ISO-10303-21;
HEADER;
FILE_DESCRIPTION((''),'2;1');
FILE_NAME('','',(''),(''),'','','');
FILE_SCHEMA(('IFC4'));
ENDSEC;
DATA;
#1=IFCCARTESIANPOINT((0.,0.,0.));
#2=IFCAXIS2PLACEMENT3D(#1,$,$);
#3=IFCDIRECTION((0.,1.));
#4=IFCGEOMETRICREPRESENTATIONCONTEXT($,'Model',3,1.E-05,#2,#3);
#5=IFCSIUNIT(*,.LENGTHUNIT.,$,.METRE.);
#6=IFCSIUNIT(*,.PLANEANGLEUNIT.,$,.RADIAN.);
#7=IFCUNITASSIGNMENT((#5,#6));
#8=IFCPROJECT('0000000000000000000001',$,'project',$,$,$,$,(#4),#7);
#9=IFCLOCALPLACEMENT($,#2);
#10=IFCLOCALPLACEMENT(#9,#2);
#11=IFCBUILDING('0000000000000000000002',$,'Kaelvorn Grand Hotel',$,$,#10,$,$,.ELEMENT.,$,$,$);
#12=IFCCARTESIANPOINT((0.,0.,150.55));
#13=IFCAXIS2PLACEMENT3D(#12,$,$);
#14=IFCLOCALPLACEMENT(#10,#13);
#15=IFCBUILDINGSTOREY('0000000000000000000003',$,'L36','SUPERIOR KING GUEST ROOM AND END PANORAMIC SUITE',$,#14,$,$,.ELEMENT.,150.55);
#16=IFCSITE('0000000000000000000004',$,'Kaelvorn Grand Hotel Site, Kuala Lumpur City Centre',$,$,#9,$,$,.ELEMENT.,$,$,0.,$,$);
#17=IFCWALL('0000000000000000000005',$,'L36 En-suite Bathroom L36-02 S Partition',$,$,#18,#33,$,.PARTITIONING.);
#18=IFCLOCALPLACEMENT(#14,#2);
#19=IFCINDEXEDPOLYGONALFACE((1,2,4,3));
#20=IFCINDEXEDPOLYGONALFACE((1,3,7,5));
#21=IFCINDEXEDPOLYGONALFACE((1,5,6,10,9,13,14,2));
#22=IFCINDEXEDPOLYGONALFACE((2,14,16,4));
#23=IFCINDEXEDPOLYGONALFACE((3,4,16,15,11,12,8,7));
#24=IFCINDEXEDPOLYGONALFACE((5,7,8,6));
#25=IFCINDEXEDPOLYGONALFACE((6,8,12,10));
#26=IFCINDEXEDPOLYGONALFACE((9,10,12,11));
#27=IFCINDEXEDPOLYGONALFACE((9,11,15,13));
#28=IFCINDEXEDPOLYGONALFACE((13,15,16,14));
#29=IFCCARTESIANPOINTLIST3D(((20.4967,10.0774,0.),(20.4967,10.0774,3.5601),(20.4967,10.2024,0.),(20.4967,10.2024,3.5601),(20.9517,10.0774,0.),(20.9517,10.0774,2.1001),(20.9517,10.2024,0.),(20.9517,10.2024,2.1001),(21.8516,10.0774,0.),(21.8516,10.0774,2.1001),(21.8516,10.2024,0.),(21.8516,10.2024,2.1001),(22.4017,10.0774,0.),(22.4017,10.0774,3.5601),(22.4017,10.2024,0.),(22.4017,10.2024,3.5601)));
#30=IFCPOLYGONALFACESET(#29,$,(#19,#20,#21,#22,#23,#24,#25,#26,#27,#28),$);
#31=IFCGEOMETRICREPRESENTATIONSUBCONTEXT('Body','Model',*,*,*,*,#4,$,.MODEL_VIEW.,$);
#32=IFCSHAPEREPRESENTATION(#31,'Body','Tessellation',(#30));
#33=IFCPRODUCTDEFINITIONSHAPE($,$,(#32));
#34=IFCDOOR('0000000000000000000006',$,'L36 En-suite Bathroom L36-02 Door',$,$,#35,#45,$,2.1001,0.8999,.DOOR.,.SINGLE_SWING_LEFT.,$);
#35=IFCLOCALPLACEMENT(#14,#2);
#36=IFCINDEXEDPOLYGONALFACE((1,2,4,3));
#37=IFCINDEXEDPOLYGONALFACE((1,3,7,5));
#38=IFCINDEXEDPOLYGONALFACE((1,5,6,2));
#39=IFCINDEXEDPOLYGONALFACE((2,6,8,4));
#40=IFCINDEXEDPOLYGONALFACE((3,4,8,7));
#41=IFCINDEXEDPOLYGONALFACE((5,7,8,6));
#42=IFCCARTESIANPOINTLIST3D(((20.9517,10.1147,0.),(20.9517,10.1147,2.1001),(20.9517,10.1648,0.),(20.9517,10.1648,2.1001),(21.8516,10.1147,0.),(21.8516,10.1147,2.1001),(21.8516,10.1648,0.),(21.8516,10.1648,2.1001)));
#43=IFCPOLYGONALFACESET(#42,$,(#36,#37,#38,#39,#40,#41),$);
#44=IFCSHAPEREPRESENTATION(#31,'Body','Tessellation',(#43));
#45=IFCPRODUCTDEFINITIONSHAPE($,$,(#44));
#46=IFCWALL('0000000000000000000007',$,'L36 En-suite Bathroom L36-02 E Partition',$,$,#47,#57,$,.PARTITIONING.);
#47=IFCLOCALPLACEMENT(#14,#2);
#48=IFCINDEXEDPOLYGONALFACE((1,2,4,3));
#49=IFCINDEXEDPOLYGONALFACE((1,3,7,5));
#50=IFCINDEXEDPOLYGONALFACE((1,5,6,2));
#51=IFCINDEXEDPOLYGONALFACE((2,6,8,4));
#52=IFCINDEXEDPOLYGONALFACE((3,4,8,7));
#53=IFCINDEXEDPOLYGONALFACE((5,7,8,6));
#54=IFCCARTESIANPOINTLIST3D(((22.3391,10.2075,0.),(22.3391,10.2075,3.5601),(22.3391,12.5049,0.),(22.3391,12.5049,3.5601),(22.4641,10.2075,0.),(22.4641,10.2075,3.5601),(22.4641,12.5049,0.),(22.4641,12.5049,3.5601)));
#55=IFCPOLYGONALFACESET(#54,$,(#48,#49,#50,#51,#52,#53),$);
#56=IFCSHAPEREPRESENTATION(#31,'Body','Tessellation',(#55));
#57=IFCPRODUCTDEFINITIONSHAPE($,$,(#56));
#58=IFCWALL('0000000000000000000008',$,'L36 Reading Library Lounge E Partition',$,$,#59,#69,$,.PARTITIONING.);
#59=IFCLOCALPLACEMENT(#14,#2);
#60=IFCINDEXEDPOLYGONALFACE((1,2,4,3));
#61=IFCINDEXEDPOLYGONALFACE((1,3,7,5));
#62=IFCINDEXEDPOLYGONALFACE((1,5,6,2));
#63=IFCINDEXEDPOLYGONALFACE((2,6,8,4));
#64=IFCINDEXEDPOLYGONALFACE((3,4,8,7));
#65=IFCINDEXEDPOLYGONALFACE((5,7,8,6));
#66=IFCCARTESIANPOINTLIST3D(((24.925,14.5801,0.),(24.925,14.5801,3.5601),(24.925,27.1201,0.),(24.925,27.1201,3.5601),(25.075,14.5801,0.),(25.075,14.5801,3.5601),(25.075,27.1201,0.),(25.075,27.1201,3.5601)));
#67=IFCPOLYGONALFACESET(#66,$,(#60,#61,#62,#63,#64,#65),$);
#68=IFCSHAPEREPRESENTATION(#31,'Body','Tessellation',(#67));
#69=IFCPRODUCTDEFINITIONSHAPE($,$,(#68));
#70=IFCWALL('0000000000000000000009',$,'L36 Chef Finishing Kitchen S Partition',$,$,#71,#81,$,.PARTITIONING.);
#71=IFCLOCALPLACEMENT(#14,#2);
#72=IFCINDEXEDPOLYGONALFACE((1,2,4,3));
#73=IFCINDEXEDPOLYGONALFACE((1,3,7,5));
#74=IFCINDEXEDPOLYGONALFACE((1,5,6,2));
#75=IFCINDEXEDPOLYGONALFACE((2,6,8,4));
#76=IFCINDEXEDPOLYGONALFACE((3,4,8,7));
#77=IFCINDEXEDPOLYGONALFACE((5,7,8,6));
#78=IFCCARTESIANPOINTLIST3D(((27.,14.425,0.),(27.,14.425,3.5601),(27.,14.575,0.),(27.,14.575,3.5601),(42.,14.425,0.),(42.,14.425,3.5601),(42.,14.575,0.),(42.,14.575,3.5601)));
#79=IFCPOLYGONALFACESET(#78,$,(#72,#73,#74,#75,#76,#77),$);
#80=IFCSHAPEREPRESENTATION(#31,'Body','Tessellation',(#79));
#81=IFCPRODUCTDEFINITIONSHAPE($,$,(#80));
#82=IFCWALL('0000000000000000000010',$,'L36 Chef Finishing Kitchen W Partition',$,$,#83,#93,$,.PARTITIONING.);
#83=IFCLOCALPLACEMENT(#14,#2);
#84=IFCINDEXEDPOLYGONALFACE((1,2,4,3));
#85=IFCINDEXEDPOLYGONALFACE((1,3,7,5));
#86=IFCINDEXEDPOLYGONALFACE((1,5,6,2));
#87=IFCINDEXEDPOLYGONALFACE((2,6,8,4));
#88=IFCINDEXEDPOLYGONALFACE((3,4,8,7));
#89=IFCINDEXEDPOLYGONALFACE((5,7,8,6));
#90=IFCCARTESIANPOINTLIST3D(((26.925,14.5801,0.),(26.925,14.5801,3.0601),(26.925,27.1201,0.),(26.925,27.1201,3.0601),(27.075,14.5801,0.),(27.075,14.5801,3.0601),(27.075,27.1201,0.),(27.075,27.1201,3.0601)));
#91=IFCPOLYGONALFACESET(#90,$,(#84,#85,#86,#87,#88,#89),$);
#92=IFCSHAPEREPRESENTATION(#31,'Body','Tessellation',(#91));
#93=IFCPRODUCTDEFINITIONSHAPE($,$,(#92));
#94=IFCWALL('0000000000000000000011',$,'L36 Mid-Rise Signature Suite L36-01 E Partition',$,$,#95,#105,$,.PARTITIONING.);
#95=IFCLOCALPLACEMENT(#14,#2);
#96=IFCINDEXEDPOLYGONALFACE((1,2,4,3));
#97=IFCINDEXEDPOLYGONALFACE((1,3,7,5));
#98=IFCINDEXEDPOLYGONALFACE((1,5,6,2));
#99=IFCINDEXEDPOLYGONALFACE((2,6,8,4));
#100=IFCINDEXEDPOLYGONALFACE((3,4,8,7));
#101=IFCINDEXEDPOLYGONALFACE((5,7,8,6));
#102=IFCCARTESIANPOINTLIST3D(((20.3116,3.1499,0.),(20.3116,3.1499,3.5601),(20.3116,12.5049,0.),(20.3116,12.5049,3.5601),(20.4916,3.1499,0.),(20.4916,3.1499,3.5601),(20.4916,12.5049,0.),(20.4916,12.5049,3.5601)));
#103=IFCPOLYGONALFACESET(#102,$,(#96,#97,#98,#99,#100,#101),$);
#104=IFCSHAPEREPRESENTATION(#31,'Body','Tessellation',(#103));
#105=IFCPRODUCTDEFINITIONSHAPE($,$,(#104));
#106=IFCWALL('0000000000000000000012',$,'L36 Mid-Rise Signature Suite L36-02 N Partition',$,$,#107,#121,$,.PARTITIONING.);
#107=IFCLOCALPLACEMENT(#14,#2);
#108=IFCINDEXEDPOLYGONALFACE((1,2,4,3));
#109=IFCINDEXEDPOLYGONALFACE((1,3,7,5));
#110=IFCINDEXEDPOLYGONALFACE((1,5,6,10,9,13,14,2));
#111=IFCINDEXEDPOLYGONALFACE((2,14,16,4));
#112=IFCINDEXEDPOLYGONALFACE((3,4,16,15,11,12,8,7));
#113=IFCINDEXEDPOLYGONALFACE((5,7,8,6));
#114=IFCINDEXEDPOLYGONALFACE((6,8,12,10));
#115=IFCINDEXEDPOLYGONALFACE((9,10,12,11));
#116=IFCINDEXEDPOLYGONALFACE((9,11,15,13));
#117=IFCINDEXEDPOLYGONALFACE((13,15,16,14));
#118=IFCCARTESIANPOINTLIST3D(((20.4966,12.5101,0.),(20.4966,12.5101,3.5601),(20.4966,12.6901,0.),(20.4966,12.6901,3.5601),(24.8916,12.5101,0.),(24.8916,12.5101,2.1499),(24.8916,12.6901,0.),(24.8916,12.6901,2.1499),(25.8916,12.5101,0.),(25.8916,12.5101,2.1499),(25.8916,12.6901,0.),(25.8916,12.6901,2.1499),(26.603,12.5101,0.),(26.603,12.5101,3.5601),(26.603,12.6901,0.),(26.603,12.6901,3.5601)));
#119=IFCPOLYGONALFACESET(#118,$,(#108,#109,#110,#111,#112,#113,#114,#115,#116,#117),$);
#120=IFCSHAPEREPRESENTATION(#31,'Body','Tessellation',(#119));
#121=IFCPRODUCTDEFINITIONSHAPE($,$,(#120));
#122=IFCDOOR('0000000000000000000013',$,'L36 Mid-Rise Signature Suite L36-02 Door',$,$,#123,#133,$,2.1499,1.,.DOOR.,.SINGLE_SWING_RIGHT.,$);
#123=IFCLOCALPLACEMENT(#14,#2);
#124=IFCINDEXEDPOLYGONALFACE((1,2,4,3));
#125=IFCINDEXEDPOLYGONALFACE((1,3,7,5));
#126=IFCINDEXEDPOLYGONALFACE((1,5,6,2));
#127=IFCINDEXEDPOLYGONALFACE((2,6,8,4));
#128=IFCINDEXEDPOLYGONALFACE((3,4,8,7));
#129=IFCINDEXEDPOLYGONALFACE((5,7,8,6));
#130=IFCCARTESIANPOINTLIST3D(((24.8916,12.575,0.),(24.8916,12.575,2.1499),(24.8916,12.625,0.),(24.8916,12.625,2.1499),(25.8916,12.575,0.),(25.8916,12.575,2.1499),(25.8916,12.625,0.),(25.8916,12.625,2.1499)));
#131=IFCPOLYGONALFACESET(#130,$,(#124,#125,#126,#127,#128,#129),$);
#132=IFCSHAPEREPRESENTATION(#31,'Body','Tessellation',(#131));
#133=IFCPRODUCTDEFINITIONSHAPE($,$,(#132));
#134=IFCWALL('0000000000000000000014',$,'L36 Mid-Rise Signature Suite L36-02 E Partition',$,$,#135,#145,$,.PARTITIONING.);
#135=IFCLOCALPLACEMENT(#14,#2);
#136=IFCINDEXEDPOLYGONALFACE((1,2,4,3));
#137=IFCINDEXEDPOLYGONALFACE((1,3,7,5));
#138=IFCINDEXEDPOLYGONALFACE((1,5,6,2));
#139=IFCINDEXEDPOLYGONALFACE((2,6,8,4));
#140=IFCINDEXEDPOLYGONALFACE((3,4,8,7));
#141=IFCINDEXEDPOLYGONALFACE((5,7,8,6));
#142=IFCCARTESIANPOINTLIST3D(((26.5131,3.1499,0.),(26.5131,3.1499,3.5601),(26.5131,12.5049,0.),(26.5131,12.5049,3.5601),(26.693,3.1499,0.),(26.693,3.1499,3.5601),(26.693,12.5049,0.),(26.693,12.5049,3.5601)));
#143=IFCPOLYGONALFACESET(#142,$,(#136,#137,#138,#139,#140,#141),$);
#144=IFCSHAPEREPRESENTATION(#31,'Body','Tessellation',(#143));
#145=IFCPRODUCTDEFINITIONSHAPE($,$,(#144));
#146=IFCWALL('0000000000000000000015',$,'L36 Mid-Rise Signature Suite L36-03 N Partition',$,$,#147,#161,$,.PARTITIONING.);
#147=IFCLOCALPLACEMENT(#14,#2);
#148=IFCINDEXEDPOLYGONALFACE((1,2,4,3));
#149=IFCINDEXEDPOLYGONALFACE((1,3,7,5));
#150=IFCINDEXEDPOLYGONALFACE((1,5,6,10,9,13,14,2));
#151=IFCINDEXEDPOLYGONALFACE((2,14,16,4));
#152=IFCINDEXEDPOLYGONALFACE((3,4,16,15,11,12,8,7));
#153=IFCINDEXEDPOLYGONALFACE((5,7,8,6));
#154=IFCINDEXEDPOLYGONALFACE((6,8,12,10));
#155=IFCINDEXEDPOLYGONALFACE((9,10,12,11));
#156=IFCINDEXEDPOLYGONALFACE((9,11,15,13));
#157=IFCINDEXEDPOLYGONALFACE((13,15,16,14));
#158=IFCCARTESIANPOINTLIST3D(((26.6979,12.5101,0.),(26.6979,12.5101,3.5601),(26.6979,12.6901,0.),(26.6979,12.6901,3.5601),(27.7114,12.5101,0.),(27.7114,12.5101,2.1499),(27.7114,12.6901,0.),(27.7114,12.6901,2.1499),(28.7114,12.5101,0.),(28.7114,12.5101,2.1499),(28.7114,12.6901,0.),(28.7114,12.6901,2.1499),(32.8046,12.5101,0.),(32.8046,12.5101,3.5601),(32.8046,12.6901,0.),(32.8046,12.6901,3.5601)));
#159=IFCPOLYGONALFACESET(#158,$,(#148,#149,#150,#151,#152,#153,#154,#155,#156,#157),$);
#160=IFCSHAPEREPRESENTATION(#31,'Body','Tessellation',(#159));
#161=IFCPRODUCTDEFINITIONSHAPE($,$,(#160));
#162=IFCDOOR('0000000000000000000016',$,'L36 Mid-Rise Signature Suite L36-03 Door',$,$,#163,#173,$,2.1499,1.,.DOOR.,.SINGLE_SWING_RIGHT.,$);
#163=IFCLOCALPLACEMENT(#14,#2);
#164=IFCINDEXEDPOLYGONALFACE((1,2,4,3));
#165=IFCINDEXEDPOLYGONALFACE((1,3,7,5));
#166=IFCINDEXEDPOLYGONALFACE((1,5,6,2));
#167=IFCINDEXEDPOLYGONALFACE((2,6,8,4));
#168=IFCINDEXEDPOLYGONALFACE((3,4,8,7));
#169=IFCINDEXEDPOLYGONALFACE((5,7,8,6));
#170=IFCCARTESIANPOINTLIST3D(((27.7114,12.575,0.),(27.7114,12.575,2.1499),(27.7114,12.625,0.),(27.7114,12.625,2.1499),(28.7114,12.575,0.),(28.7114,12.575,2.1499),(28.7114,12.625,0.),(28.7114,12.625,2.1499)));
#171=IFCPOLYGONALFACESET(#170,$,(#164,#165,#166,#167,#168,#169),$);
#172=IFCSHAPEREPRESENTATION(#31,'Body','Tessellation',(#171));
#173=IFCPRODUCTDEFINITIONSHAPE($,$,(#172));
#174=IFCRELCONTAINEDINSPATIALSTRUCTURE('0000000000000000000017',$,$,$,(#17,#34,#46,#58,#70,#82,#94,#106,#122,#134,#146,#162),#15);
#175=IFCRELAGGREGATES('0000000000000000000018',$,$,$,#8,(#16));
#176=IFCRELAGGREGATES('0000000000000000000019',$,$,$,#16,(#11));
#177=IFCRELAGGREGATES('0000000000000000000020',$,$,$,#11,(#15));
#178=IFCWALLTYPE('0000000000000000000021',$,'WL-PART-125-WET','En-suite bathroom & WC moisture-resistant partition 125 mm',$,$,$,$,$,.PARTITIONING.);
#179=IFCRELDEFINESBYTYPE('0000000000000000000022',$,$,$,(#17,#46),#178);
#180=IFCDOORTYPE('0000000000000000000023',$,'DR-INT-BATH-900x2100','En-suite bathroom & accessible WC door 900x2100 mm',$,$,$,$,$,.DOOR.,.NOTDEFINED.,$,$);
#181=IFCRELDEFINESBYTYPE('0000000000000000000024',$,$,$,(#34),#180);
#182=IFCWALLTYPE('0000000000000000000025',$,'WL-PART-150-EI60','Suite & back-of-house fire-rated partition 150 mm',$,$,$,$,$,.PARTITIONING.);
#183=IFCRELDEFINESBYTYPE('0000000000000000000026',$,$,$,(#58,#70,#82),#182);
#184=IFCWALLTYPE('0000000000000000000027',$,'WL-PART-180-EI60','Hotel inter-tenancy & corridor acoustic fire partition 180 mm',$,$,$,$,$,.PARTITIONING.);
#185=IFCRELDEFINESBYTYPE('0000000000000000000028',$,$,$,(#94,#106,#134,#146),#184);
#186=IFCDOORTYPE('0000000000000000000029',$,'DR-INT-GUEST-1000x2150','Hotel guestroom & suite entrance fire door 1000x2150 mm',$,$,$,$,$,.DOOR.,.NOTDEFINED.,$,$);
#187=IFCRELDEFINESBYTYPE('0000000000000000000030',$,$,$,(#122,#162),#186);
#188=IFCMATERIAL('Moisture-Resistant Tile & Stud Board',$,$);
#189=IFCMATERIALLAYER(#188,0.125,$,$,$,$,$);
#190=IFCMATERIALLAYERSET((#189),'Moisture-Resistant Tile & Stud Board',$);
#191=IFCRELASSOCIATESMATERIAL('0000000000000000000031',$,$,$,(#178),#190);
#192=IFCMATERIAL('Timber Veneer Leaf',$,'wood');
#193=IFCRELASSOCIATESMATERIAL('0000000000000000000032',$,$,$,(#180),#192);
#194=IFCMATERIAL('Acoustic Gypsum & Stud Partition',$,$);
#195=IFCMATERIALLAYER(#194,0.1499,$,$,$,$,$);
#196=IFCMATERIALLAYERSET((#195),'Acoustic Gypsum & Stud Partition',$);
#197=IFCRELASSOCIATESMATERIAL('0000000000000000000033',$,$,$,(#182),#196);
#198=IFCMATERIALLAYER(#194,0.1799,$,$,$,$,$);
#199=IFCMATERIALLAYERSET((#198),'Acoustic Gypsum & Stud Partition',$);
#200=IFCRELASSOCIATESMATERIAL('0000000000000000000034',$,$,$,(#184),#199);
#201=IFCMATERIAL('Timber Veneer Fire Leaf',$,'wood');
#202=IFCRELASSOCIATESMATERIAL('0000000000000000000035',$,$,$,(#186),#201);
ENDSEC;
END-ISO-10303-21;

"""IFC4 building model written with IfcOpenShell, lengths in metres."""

from ifc_helpers import new_model, si_unit, direction, frame, frame_2d, origin, place, context, subcontext, project, spatial, rectangle, extrude, material, layer, layer_set, type_object, element, fill, save


model = new_model("IFC4")

# Units and contexts
model_context = context("Model", 3, precision=1e-05, world=origin(), true_north=direction((0.0, 1.0)))
body_context = subcontext(model_context, "Body", "Model", "MODEL_VIEW")
ifc_project = project(units=[si_unit("LENGTHUNIT", "METRE"), si_unit("PLANEANGLEUNIT", "RADIAN")], contexts=[model_context])

# Site, building, storey
site_placement = place(None, origin())
site = spatial("IfcSite", under=ifc_project, at=site_placement, Name="Kaelvorn Grand Hotel Site, Kuala Lumpur City Centre", CompositionType="ELEMENT", RefElevation=0.0)
building_placement = place(site_placement, origin())
building = spatial("IfcBuilding", under=site, at=building_placement, Name="Kaelvorn Grand Hotel", CompositionType="ELEMENT")
storey_placement = place(building_placement, frame((0.0, 0.0, 150.55)))
storey = spatial("IfcBuildingStorey", under=building, at=storey_placement, Name="L36", Description="SUPERIOR KING GUEST ROOM AND END PANORAMIC SUITE", CompositionType="ELEMENT", Elevation=150.55)

# Wall, opening, door
ifc_material_1 = material(Name="Moisture-Resistant Tile & Stud Board")
ifc_layer_1 = layer(ifc_material_1, 0.125)
ifc_layer_set_1 = layer_set([ifc_layer_1], Name="Moisture-Resistant Tile & Stud Board")
wall_type_1 = type_object("IfcWallType", Name="WL-PART-125-WET", Description="En-suite bathroom & WC moisture-resistant partition 125 mm", PredefinedType="PARTITIONING", material=ifc_layer_set_1)
wall_1_placement = place(storey_placement, frame((20.4966, 10.1399, 0.0), z_axis=(0.0, 0.0, 1.0), x_axis=(1.0, 0.0, 0.0)))
wall_1 = element("IfcWall", 1, at=wall_1_placement, inside=storey, type_object=wall_type_1, Name="L36 En-suite Bathroom L36-02 S Partition", PredefinedType="PARTITIONING", context=body_context, shape_type="SweptSolid", body=[
    extrude(rectangle(XDim=1.905, YDim=0.125, at=frame_2d((0.9526, 0.0))), origin(), (0.0, 0.0, 1.0), 3.5601),
])
opening_1_placement = place(wall_1_placement, frame((0.4551, 0.0, 0.0)))
opening_1 = element("IfcOpeningElement", 2, at=opening_1_placement, cuts=wall_1, PredefinedType="OPENING", context=body_context, shape_type="SweptSolid", body=[
    extrude(rectangle(XDim=0.8999, YDim=2.1001, at=frame_2d((0.45, 1.05))), frame((0.0, 0.0725, 0.0), z_axis=(0.0, -1.0, 0.0), x_axis=(1.0, 0.0, 0.0)), (0.0, 0.0, 1.0), 0.145),
])
ifc_material_2 = material(Name="Timber Veneer Leaf", Category="wood")
door_type_1 = type_object("IfcDoorType", Name="DR-INT-BATH-900x2100", Description="En-suite bathroom & accessible WC door 900x2100 mm", OperationType="NOTDEFINED", PredefinedType="DOOR", material=ifc_material_2)
door_1_placement = place(opening_1_placement, origin())
door_1 = element("IfcDoor", 3, at=door_1_placement, inside=storey, type_object=door_type_1, Name="L36 En-suite Bathroom L36-02 Door", OperationType="SINGLE_SWING_LEFT", OverallHeight=2.1001, OverallWidth=0.8999, PredefinedType="DOOR", context=body_context, shape_type="SweptSolid", body=[
    extrude(rectangle(XDim=0.8999, YDim=2.1001, at=frame_2d((0.45, 1.05))), frame((0.0, 0.0249, 0.0), z_axis=(0.0, -1.0, 0.0), x_axis=(1.0, 0.0, 0.0)), (0.0, 0.0, 1.0), 0.05),
])
fill(opening_1, door_1)

# Walls
wall_2_placement = place(storey_placement, frame((22.4016, 10.2075, 0.0), z_axis=(0.0, 0.0, 1.0), x_axis=(0.0, 1.0, 0.0)))
element("IfcWall", 4, at=wall_2_placement, inside=storey, type_object=wall_type_1, Name="L36 En-suite Bathroom L36-02 E Partition", PredefinedType="PARTITIONING", context=body_context, shape_type="SweptSolid", body=[
    extrude(rectangle(XDim=2.2974, YDim=0.125, at=frame_2d((1.1487, 0.0))), origin(), (0.0, 0.0, 1.0), 3.5601),
])
ifc_material_3 = material(Name="Acoustic Gypsum & Stud Partition")
ifc_layer_2 = layer(ifc_material_3, 0.1499)
ifc_layer_set_2 = layer_set([ifc_layer_2], Name="Acoustic Gypsum & Stud Partition")
wall_type_2 = type_object("IfcWallType", Name="WL-PART-150-EI60", Description="Suite & back-of-house fire-rated partition 150 mm", PredefinedType="PARTITIONING", material=ifc_layer_set_2)
wall_3_placement = place(storey_placement, frame((25.0, 14.5801, 0.0), z_axis=(0.0, 0.0, 1.0), x_axis=(0.0, 1.0, 0.0)))
element("IfcWall", 5, at=wall_3_placement, inside=storey, type_object=wall_type_2, Name="L36 Reading Library Lounge E Partition", PredefinedType="PARTITIONING", context=body_context, shape_type="SweptSolid", body=[
    extrude(rectangle(XDim=12.54, YDim=0.1499, at=frame_2d((6.27, 0.0))), origin(), (0.0, 0.0, 1.0), 3.5601),
])
wall_4_placement = place(storey_placement, frame((27.0, 14.5, 0.0), z_axis=(0.0, 0.0, 1.0), x_axis=(1.0, 0.0, 0.0)))
element("IfcWall", 6, at=wall_4_placement, inside=storey, type_object=wall_type_2, Name="L36 Chef Finishing Kitchen S Partition", PredefinedType="PARTITIONING", context=body_context, shape_type="SweptSolid", body=[
    extrude(rectangle(XDim=15.0, YDim=0.1499, at=frame_2d((7.5, 0.0))), origin(), (0.0, 0.0, 1.0), 3.5601),
])
wall_5_placement = place(storey_placement, frame((27.0, 14.5801, 0.0), z_axis=(0.0, 0.0, 1.0), x_axis=(0.0, 1.0, 0.0)))
element("IfcWall", 7, at=wall_5_placement, inside=storey, type_object=wall_type_2, Name="L36 Chef Finishing Kitchen W Partition", PredefinedType="PARTITIONING", context=body_context, shape_type="SweptSolid", body=[
    extrude(rectangle(XDim=12.54, YDim=0.1499, at=frame_2d((6.27, 0.0))), origin(), (0.0, 0.0, 1.0), 3.0601),
])
ifc_layer_3 = layer(ifc_material_3, 0.1799)
ifc_layer_set_3 = layer_set([ifc_layer_3], Name="Acoustic Gypsum & Stud Partition")
wall_type_3 = type_object("IfcWallType", Name="WL-PART-180-EI60", Description="Hotel inter-tenancy & corridor acoustic fire partition 180 mm", PredefinedType="PARTITIONING", material=ifc_layer_set_3)
wall_6_placement = place(storey_placement, frame((20.4016, 3.1499, 0.0), z_axis=(0.0, 0.0, 1.0), x_axis=(0.0, 1.0, 0.0)))
element("IfcWall", 8, at=wall_6_placement, inside=storey, type_object=wall_type_3, Name="L36 Mid-Rise Signature Suite L36-01 E Partition", PredefinedType="PARTITIONING", context=body_context, shape_type="SweptSolid", body=[
    extrude(rectangle(XDim=9.355, YDim=0.1799, at=frame_2d((4.6775, 0.0))), origin(), (0.0, 0.0, 1.0), 3.5601),
])

# Wall, opening, door
wall_7_placement = place(storey_placement, frame((20.4966, 12.6001, 0.0), z_axis=(0.0, 0.0, 1.0), x_axis=(1.0, 0.0, 0.0)))
wall_7 = element("IfcWall", 9, at=wall_7_placement, inside=storey, type_object=wall_type_3, Name="L36 Mid-Rise Signature Suite L36-02 N Partition", PredefinedType="PARTITIONING", context=body_context, shape_type="SweptSolid", body=[
    extrude(rectangle(XDim=6.1064, YDim=0.1799, at=frame_2d((3.0532, 0.0))), origin(), (0.0, 0.0, 1.0), 3.5601),
])
opening_2_placement = place(wall_7_placement, frame((4.395, 0.0, 0.0)))
opening_2 = element("IfcOpeningElement", 10, at=opening_2_placement, cuts=wall_7, PredefinedType="OPENING", context=body_context, shape_type="SweptSolid", body=[
    extrude(rectangle(XDim=1.0, YDim=2.1499, at=frame_2d((0.5, 1.075))), frame((0.0, 0.1001, 0.0), z_axis=(0.0, -1.0, 0.0), x_axis=(1.0, 0.0, 0.0)), (0.0, 0.0, 1.0), 0.2),
])
ifc_material_4 = material(Name="Timber Veneer Fire Leaf", Category="wood")
door_type_2 = type_object("IfcDoorType", Name="DR-INT-GUEST-1000x2150", Description="Hotel guestroom & suite entrance fire door 1000x2150 mm", OperationType="NOTDEFINED", PredefinedType="DOOR", material=ifc_material_4)
door_2_placement = place(opening_2_placement, origin())
door_2 = element("IfcDoor", 11, at=door_2_placement, inside=storey, type_object=door_type_2, Name="L36 Mid-Rise Signature Suite L36-02 Door", OperationType="SINGLE_SWING_RIGHT", OverallHeight=2.1499, OverallWidth=1.0, PredefinedType="DOOR", context=body_context, shape_type="SweptSolid", body=[
    extrude(rectangle(XDim=1.0, YDim=2.1499, at=frame_2d((0.5, 1.075))), frame((0.0, 0.0249, 0.0), z_axis=(0.0, -1.0, 0.0), x_axis=(1.0, 0.0, 0.0)), (0.0, 0.0, 1.0), 0.05),
])
fill(opening_2, door_2)

# Wall
wall_8_placement = place(storey_placement, frame((26.603, 3.1499, 0.0), z_axis=(0.0, 0.0, 1.0), x_axis=(0.0, 1.0, 0.0)))
element("IfcWall", 12, at=wall_8_placement, inside=storey, type_object=wall_type_3, Name="L36 Mid-Rise Signature Suite L36-02 E Partition", PredefinedType="PARTITIONING", context=body_context, shape_type="SweptSolid", body=[
    extrude(rectangle(XDim=9.355, YDim=0.1799, at=frame_2d((4.6775, 0.0))), origin(), (0.0, 0.0, 1.0), 3.5601),
])

# Wall, opening, door
wall_9_placement = place(storey_placement, frame((26.698, 12.6001, 0.0), z_axis=(0.0, 0.0, 1.0), x_axis=(1.0, 0.0, 0.0)))
wall_9 = element("IfcWall", 13, at=wall_9_placement, inside=storey, type_object=wall_type_3, Name="L36 Mid-Rise Signature Suite L36-03 N Partition", PredefinedType="PARTITIONING", context=body_context, shape_type="SweptSolid", body=[
    extrude(rectangle(XDim=6.1067, YDim=0.1799, at=frame_2d((3.0532, 0.0))), origin(), (0.0, 0.0, 1.0), 3.5601),
])
opening_3_placement = place(wall_9_placement, frame((1.0134, 0.0, 0.0)))
opening_3 = element("IfcOpeningElement", 14, at=opening_3_placement, cuts=wall_9, PredefinedType="OPENING", context=body_context, shape_type="SweptSolid", body=[
    extrude(rectangle(XDim=1.0, YDim=2.1499, at=frame_2d((0.5, 1.075))), frame((0.0, 0.1001, 0.0), z_axis=(0.0, -1.0, 0.0), x_axis=(1.0, 0.0, 0.0)), (0.0, 0.0, 1.0), 0.2),
])
door_3_placement = place(opening_3_placement, origin())
door_3 = element("IfcDoor", 15, at=door_3_placement, inside=storey, type_object=door_type_2, Name="L36 Mid-Rise Signature Suite L36-03 Door", OperationType="SINGLE_SWING_RIGHT", OverallHeight=2.1499, OverallWidth=1.0, PredefinedType="DOOR", context=body_context, shape_type="SweptSolid", body=[
    extrude(rectangle(XDim=1.0, YDim=2.1499, at=frame_2d((0.5, 1.075))), frame((0.0, 0.0249, 0.0), z_axis=(0.0, -1.0, 0.0), x_axis=(1.0, 0.0, 0.0)), (0.0, 0.0, 1.0), 0.05),
])
fill(opening_3, door_3)

save(model, "model.ifc")
